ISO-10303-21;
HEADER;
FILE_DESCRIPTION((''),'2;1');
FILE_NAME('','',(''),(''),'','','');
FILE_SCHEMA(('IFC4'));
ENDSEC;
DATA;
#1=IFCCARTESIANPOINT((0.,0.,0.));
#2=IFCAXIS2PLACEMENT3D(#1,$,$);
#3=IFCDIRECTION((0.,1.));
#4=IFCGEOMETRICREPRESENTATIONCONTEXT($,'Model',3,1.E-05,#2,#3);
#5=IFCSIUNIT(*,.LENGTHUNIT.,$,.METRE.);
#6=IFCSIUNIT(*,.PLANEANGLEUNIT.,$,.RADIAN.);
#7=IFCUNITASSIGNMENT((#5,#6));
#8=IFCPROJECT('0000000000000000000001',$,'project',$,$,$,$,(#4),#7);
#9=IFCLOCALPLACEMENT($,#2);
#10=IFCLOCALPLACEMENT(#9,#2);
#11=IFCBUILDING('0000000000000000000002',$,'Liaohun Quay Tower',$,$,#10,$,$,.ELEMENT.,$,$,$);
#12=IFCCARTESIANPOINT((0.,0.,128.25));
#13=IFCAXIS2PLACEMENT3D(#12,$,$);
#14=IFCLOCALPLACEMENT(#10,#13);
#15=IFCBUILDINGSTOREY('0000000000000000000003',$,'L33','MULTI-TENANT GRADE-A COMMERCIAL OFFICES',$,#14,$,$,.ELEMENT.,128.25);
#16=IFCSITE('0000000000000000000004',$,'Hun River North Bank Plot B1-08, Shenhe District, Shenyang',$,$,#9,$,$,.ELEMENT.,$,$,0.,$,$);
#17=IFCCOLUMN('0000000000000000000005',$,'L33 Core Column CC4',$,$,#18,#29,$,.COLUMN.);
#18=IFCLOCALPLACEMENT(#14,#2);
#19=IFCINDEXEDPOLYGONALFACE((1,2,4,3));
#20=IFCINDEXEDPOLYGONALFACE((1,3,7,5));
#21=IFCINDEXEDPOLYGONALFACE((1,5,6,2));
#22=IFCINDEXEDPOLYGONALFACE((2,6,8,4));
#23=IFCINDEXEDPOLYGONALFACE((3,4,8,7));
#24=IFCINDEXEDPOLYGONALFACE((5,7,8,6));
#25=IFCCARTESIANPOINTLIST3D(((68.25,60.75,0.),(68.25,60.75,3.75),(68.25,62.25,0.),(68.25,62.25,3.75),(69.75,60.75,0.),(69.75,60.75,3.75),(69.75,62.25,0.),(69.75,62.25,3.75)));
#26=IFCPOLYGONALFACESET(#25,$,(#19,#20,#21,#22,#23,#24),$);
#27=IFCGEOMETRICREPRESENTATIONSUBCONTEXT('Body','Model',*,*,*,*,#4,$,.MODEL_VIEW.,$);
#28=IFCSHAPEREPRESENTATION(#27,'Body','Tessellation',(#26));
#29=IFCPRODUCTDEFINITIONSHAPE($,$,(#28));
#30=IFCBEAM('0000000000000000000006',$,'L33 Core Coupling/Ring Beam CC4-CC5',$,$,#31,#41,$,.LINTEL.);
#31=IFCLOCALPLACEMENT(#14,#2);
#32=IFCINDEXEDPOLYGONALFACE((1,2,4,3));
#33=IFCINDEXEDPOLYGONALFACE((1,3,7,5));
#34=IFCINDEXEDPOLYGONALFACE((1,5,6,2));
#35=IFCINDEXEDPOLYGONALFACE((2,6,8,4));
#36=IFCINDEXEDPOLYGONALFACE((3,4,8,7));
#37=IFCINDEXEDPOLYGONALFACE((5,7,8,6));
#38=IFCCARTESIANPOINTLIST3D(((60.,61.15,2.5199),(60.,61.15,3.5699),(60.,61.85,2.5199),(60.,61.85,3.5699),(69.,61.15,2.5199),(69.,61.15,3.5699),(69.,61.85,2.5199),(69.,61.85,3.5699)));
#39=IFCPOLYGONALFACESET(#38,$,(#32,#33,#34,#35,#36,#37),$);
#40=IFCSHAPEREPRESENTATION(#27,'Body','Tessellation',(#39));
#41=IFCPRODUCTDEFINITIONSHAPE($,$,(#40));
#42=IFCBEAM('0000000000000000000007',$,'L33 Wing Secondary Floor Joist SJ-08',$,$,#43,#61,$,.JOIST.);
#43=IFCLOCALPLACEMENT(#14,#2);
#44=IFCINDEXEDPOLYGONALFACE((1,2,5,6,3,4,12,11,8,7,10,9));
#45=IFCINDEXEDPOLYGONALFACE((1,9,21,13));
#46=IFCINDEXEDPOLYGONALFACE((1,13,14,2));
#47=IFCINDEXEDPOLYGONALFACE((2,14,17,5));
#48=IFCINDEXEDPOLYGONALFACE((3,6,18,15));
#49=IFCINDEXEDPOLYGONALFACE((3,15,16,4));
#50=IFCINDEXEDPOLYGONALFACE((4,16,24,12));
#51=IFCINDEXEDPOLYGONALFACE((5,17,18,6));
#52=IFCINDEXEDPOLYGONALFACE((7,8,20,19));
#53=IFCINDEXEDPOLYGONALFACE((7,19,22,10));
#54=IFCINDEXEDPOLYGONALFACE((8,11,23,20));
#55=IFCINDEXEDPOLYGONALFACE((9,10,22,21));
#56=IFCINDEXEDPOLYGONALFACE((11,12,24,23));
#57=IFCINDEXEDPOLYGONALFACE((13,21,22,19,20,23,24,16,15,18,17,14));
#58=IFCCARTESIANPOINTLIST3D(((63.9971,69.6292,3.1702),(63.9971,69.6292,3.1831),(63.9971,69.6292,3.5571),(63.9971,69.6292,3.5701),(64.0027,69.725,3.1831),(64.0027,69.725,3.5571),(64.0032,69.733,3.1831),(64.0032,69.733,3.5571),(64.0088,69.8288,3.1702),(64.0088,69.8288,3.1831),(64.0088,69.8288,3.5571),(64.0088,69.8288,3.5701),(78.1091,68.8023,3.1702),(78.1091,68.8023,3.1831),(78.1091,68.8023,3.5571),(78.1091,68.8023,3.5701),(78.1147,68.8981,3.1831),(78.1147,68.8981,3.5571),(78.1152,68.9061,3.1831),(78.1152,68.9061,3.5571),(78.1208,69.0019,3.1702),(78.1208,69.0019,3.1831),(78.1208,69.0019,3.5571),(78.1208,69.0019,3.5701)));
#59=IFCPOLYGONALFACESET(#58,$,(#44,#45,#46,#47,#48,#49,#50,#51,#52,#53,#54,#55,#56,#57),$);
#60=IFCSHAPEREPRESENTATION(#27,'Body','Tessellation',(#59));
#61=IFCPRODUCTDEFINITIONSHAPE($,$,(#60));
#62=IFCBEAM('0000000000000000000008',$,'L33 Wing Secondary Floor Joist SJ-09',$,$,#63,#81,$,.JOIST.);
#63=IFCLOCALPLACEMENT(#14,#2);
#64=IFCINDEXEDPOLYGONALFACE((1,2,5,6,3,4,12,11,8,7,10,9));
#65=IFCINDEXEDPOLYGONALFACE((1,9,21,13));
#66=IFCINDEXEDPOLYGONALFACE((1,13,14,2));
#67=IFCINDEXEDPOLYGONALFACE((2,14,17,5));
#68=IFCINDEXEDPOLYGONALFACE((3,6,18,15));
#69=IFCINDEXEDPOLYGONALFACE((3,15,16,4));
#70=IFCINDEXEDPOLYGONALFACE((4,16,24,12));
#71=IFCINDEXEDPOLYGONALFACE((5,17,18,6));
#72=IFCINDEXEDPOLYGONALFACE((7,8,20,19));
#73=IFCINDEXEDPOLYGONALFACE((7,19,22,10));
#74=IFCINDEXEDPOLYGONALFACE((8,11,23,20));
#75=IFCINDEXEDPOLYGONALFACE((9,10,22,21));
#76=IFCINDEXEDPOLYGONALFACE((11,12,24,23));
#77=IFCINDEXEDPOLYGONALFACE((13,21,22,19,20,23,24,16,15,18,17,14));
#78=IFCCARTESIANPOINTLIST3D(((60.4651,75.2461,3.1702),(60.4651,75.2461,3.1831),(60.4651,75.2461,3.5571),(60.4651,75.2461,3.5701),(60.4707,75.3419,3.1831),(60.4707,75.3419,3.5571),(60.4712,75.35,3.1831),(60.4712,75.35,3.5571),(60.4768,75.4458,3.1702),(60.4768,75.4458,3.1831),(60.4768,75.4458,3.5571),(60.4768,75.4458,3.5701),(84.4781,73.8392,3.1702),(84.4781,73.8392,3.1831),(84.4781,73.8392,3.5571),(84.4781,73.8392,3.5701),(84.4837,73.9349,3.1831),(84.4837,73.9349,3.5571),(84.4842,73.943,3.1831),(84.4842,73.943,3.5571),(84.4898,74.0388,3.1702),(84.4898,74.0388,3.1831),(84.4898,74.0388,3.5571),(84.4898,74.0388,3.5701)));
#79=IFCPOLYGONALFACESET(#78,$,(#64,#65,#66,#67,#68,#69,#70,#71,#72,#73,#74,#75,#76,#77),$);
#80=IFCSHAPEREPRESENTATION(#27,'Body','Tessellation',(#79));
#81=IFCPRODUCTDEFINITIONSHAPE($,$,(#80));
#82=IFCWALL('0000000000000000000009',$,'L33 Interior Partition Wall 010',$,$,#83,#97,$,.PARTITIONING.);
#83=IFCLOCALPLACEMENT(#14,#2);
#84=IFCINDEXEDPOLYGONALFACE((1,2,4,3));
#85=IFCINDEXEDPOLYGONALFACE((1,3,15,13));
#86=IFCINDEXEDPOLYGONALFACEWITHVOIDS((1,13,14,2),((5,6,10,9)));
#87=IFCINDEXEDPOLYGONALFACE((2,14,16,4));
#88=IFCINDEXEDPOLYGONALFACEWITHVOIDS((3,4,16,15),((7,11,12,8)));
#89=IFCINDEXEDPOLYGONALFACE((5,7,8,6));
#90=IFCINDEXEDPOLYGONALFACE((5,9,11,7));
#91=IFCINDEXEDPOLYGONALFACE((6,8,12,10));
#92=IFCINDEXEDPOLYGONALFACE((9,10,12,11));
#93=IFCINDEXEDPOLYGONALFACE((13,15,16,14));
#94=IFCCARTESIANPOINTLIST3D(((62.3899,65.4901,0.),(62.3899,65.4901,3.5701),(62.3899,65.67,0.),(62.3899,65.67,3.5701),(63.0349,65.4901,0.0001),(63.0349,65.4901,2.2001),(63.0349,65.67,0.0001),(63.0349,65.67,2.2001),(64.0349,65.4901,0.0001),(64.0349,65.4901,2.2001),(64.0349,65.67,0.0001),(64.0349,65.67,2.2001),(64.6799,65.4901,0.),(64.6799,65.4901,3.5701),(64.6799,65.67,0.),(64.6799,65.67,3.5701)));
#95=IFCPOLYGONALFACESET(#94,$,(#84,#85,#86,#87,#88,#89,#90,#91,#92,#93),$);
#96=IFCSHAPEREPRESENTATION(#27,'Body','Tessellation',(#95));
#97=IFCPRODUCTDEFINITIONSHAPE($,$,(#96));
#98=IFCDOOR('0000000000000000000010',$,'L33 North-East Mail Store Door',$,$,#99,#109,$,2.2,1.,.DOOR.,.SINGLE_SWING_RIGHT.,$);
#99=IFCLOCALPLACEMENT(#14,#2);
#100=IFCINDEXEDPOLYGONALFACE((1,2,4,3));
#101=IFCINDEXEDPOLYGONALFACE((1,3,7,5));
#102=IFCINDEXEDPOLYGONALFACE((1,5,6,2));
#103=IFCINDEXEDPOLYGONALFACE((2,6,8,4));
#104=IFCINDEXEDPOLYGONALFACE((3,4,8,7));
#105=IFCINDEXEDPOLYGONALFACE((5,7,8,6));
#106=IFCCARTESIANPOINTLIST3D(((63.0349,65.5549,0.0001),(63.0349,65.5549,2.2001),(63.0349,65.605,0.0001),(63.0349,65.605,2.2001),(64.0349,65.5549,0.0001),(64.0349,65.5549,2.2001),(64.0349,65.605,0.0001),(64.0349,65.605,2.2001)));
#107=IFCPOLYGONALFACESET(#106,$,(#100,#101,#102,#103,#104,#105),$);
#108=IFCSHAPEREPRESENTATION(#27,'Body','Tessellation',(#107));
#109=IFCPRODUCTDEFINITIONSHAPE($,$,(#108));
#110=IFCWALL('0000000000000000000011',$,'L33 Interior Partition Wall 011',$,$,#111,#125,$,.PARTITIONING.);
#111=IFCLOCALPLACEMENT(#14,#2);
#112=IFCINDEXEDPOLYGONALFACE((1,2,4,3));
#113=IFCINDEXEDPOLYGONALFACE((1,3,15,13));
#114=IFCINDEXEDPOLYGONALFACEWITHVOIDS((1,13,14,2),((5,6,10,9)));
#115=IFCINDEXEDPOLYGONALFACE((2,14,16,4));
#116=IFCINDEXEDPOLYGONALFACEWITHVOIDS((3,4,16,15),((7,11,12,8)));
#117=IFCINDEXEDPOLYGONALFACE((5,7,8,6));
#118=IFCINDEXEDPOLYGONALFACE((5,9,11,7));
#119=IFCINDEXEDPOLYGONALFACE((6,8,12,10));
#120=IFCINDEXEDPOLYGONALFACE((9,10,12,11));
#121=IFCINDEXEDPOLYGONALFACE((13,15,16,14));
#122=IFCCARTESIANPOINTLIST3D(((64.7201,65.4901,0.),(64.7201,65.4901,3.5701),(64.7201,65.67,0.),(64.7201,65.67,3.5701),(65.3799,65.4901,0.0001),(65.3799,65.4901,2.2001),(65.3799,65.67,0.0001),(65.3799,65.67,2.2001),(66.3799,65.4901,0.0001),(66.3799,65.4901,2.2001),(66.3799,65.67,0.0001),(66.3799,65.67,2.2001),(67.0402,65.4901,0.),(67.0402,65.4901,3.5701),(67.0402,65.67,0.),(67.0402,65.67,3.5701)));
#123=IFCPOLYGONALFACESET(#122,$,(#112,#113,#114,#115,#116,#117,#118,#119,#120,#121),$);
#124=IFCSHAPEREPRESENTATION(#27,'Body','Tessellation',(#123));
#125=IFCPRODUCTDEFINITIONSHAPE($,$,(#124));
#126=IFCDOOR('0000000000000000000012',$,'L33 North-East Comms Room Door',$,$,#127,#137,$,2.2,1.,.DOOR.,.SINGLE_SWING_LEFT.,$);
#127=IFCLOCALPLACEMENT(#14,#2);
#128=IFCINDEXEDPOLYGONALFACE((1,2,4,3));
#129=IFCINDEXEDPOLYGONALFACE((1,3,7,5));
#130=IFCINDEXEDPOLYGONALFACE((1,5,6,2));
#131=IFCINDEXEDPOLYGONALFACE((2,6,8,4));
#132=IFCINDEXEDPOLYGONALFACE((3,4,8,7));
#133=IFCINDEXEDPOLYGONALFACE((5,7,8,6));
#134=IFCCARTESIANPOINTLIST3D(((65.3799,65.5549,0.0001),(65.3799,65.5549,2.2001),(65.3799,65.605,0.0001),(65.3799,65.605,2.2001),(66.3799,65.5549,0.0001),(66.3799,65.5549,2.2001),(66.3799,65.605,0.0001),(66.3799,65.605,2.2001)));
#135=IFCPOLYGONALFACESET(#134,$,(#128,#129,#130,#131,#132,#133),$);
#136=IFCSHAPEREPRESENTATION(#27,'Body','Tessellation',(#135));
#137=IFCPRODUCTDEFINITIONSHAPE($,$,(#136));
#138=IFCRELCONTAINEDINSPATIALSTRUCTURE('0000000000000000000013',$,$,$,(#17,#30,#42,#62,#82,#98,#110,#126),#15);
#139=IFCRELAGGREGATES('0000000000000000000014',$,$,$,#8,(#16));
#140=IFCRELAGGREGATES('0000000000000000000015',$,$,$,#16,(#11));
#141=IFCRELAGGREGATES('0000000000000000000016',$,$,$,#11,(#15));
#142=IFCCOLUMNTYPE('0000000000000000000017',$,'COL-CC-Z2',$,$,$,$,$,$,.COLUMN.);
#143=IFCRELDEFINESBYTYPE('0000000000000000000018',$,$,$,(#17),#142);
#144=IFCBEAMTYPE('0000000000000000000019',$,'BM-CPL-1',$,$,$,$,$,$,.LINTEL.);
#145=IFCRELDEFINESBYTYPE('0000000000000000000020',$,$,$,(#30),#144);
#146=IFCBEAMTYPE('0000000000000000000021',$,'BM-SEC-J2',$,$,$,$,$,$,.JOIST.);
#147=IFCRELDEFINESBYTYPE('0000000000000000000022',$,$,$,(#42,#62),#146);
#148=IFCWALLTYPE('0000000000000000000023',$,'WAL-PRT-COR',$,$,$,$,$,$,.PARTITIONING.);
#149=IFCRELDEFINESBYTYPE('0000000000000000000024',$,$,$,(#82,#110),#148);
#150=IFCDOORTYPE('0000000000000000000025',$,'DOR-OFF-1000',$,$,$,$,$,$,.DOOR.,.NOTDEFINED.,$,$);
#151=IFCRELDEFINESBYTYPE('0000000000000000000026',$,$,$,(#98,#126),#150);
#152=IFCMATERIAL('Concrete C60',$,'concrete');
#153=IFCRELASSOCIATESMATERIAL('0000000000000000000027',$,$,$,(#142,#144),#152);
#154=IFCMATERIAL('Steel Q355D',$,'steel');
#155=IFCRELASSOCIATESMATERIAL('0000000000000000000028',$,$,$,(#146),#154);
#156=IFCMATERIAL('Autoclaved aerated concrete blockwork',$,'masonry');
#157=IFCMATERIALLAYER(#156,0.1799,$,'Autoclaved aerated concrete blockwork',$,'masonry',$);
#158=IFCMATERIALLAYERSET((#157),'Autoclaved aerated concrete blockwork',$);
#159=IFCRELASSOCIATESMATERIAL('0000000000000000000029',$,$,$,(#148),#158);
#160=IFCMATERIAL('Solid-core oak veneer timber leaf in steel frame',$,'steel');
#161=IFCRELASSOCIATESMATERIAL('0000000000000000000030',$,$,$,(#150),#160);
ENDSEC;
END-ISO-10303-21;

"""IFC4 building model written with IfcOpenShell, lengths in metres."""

from ifc_helpers import new_model, si_unit, direction, frame, frame_2d, origin, origin_2d, place, context, subcontext, project, spatial, rectangle, i_section, extrude, source, transform, mapped, material, layer, layer_set, material_profile, profile_set, type_object, element, fill, save


model = new_model("IFC4")

# Units and contexts
model_context = context("Model", 3, precision=1e-05, world=origin(), true_north=direction((0.0, 1.0)))
body_context = subcontext(model_context, "Body", "Model", "MODEL_VIEW")
ifc_project = project(units=[si_unit("LENGTHUNIT", "METRE"), si_unit("PLANEANGLEUNIT", "RADIAN")], contexts=[model_context])

# Site, building, storey
site_placement = place(None, origin())
site = spatial("IfcSite", under=ifc_project, at=site_placement, Name="Hun River North Bank Plot B1-08, Shenhe District, Shenyang", CompositionType="ELEMENT", RefElevation=0.0)
building_placement = place(site_placement, origin())
building = spatial("IfcBuilding", under=site, at=building_placement, Name="Liaohun Quay Tower", CompositionType="ELEMENT")
storey_placement = place(building_placement, frame((0.0, 0.0, 128.25)))
storey = spatial("IfcBuildingStorey", under=building, at=storey_placement, Name="L33", Description="MULTI-TENANT GRADE-A COMMERCIAL OFFICES", CompositionType="ELEMENT", Elevation=128.25)

# Column
ifc_material_1 = material(Name="Concrete C60", Category="concrete")
ifc_material_profile_1 = material_profile(ifc_material_1, rectangle(XDim=1.5, YDim=1.5, at=origin_2d()), Name="RC1500x1500")
ifc_profile_set_1 = profile_set([ifc_material_profile_1], Name="Concrete C60")
column_type = type_object("IfcColumnType", Name="COL-CC-Z2", PredefinedType="COLUMN", material=ifc_profile_set_1)
shared_shape_1 = source(origin(), body_context, "Body", "SweptSolid", [
    extrude(rectangle(XDim=1.5, YDim=1.5, at=origin_2d()), origin(), (0.0, 0.0, 1.0), 3.75),
])
column_placement = place(storey_placement, frame((69.0, 61.5, 0.0), z_axis=(0.0, 0.0, 1.0), x_axis=(1.0, 0.0, 0.0)))
element("IfcColumn", 1, at=column_placement, inside=storey, type_object=column_type, Name="L33 Core Column CC4", PredefinedType="COLUMN", context=body_context, shape_type="MappedRepresentation", body=[
    mapped(shared_shape_1, transform((0.0, 0.0, 0.0), x_axis=(1.0, 0.0, 0.0), y_axis=(0.0, 1.0, 0.0), z_axis=(0.0, 0.0, 1.0), scale=1.0)),
])

# Beams
ifc_material_profile_2 = material_profile(ifc_material_1, rectangle(XDim=0.7, YDim=1.05, at=origin_2d()), Name="RC700x1050")
ifc_profile_set_2 = profile_set([ifc_material_profile_2], Name="Concrete C60")
beam_type_1 = type_object("IfcBeamType", Name="BM-CPL-1", PredefinedType="LINTEL", material=ifc_profile_set_2)
shared_shape_2 = source(origin(), body_context, "Body", "SweptSolid", [
    extrude(rectangle(XDim=0.7, YDim=1.05, at=origin_2d()), origin(), (0.0, 0.0, 1.0), 9.0),
])
beam_1_placement = place(storey_placement, frame((69.0, 61.5, 3.0449), z_axis=(-1.0, 0.0, 0.0), x_axis=(0.0, -1.0, 0.0)))
element("IfcBeam", 2, at=beam_1_placement, inside=storey, type_object=beam_type_1, Name="L33 Core Coupling/Ring Beam CC4-CC5", PredefinedType="LINTEL", context=body_context, shape_type="MappedRepresentation", body=[
    mapped(shared_shape_2, transform((0.0, 0.0, 0.0), x_axis=(1.0, 0.0, 0.0), y_axis=(0.0, 1.0, 0.0), z_axis=(0.0, 0.0, 1.0), scale=1.0)),
])
ifc_material_2 = material(Name="Steel Q355D", Category="steel")
ifc_material_profile_3 = material_profile(ifc_material_2, i_section(OverallWidth=0.2, OverallDepth=0.3999, WebThickness=0.0081, FlangeThickness=0.0129, at=origin_2d()), Name="HN400x200x8x13")
ifc_profile_set_3 = profile_set([ifc_material_profile_3], Name="Steel Q355D")
beam_type_2 = type_object("IfcBeamType", Name="BM-SEC-J2", PredefinedType="JOIST", material=ifc_profile_set_3)
shared_shape_3 = source(origin(), body_context, "Body", "SweptSolid", [
    extrude(i_section(OverallWidth=0.2, OverallDepth=0.3999, WebThickness=0.0081, FlangeThickness=0.0129, at=origin_2d()), origin(), (0.0, 0.0, 1.0), 14.1362),
])
beam_2_placement = place(storey_placement, frame((64.0029, 69.729, 3.3701), z_axis=(0.998288, -0.058495, 0.0), x_axis=(0.058495, 0.998288, 0.0)))
element("IfcBeam", 3, at=beam_2_placement, inside=storey, type_object=beam_type_2, Name="L33 Wing Secondary Floor Joist SJ-08", PredefinedType="JOIST", context=body_context, shape_type="MappedRepresentation", body=[
    mapped(shared_shape_3, transform((0.0, 0.0, 0.0), x_axis=(1.0, 0.0, 0.0), y_axis=(0.0, 1.0, 0.0), z_axis=(0.0, 0.0, 1.0), scale=1.0)),
])
shared_shape_4 = source(origin(), body_context, "Body", "SweptSolid", [
    extrude(i_section(OverallWidth=0.2, OverallDepth=0.3999, WebThickness=0.0081, FlangeThickness=0.0129, at=origin_2d()), origin(), (0.0, 0.0, 1.0), 24.0542),
])
beam_3_placement = place(storey_placement, frame((60.4709, 75.3459, 3.3701), z_axis=(0.998288, -0.058492, 0.0), x_axis=(0.058492, 0.998288, 0.0)))
element("IfcBeam", 4, at=beam_3_placement, inside=storey, type_object=beam_type_2, Name="L33 Wing Secondary Floor Joist SJ-09", PredefinedType="JOIST", context=body_context, shape_type="MappedRepresentation", body=[
    mapped(shared_shape_4, transform((0.0, 0.0, 0.0), x_axis=(1.0, 0.0, 0.0), y_axis=(0.0, 1.0, 0.0), z_axis=(0.0, 0.0, 1.0), scale=1.0)),
])

# Walls, openings, doors
ifc_material_3 = material(Name="Autoclaved aerated concrete blockwork", Category="masonry")
ifc_layer_1 = layer(ifc_material_3, 0.1799, Name="Autoclaved aerated concrete blockwork", Category="masonry")
ifc_layer_set_1 = layer_set([ifc_layer_1], Name="Autoclaved aerated concrete blockwork")
wall_type_1 = type_object("IfcWallType", Name="WAL-PRT-COR", PredefinedType="PARTITIONING", material=ifc_layer_set_1)
wall_1_placement = place(storey_placement, frame((62.3899, 65.5801, 0.0), z_axis=(0.0, 0.0, 1.0), x_axis=(1.0, 0.0, 0.0)))
wall_1 = element("IfcWall", 5, at=wall_1_placement, inside=storey, type_object=wall_type_1, Name="L33 Interior Partition Wall 010", PredefinedType="PARTITIONING", context=body_context, shape_type="SweptSolid", body=[
    extrude(rectangle(XDim=2.29, YDim=0.1799, at=frame_2d((1.145, 0.0))), origin(), (0.0, 0.0, 1.0), 3.5701),
])
shared_shape_5 = source(origin(), body_context, "Body", "SweptSolid", [
    extrude(rectangle(XDim=1.0, YDim=2.2, at=frame_2d((0.5, 1.1001))), frame((0.0, 0.0999, 0.0), z_axis=(0.0, -1.0, 0.0), x_axis=(1.0, 0.0, 0.0)), (0.0, 0.0, 1.0), 0.2),
])
opening_1_placement = place(wall_1_placement, frame((0.645, 0.0, 0.0)))
opening_1 = element("IfcOpeningElement", 6, at=opening_1_placement, cuts=wall_1, PredefinedType="OPENING", context=body_context, shape_type="MappedRepresentation", body=[
    mapped(shared_shape_5, transform((0.0, 0.0, 0.0), x_axis=(1.0, 0.0, 0.0), y_axis=(0.0, 1.0, 0.0), z_axis=(0.0, 0.0, 1.0), scale=1.0)),
])
ifc_material_4 = material(Name="Solid-core oak veneer timber leaf in steel frame", Category="steel")
door_type_1 = type_object("IfcDoorType", Name="DOR-OFF-1000", OperationType="NOTDEFINED", PredefinedType="DOOR", material=ifc_material_4)
shared_shape_6 = source(origin(), body_context, "Body", "SweptSolid", [
    extrude(rectangle(XDim=1.0, YDim=2.2, at=frame_2d((0.5, 1.1001))), frame((0.0, 0.0249, 0.0), z_axis=(0.0, -1.0, 0.0), x_axis=(1.0, 0.0, 0.0)), (0.0, 0.0, 1.0), 0.05),
])
door_1_placement = place(opening_1_placement, origin())
door_1 = element("IfcDoor", 7, at=door_1_placement, inside=storey, type_object=door_type_1, Name="L33 North-East Mail Store Door", OperationType="SINGLE_SWING_RIGHT", OverallHeight=2.2, OverallWidth=1.0, PredefinedType="DOOR", context=body_context, shape_type="MappedRepresentation", body=[
    mapped(shared_shape_6, transform((0.0, 0.0, 0.0), x_axis=(1.0, 0.0, 0.0), y_axis=(0.0, 1.0, 0.0), z_axis=(0.0, 0.0, 1.0), scale=1.0)),
])
fill(opening_1, door_1)
wall_2_placement = place(storey_placement, frame((64.72, 65.5801, 0.0), z_axis=(0.0, 0.0, 1.0), x_axis=(1.0, 0.0, 0.0)))
wall_2 = element("IfcWall", 8, at=wall_2_placement, inside=storey, type_object=wall_type_1, Name="L33 Interior Partition Wall 011", PredefinedType="PARTITIONING", context=body_context, shape_type="SweptSolid", body=[
    extrude(rectangle(XDim=2.3201, YDim=0.1799, at=frame_2d((1.1602, 0.0))), origin(), (0.0, 0.0, 1.0), 3.5701),
])
opening_2_placement = place(wall_2_placement, frame((0.6599, 0.0, 0.0)))
opening_2 = element("IfcOpeningElement", 9, at=opening_2_placement, cuts=wall_2, PredefinedType="OPENING", context=body_context, shape_type="MappedRepresentation", body=[
    mapped(shared_shape_5, transform((0.0, 0.0, 0.0), x_axis=(1.0, 0.0, 0.0), y_axis=(0.0, 1.0, 0.0), z_axis=(0.0, 0.0, 1.0), scale=1.0)),
])
door_2_placement = place(opening_2_placement, origin())
door_2 = element("IfcDoor", 10, at=door_2_placement, inside=storey, type_object=door_type_1, Name="L33 North-East Comms Room Door", OperationType="SINGLE_SWING_LEFT", OverallHeight=2.2, OverallWidth=1.0, PredefinedType="DOOR", context=body_context, shape_type="MappedRepresentation", body=[
    mapped(shared_shape_6, transform((0.0, 0.0, 0.0), x_axis=(1.0, 0.0, 0.0), y_axis=(0.0, 1.0, 0.0), z_axis=(0.0, 0.0, 1.0), scale=1.0)),
])
fill(opening_2, door_2)

save(model, "model.ifc")
